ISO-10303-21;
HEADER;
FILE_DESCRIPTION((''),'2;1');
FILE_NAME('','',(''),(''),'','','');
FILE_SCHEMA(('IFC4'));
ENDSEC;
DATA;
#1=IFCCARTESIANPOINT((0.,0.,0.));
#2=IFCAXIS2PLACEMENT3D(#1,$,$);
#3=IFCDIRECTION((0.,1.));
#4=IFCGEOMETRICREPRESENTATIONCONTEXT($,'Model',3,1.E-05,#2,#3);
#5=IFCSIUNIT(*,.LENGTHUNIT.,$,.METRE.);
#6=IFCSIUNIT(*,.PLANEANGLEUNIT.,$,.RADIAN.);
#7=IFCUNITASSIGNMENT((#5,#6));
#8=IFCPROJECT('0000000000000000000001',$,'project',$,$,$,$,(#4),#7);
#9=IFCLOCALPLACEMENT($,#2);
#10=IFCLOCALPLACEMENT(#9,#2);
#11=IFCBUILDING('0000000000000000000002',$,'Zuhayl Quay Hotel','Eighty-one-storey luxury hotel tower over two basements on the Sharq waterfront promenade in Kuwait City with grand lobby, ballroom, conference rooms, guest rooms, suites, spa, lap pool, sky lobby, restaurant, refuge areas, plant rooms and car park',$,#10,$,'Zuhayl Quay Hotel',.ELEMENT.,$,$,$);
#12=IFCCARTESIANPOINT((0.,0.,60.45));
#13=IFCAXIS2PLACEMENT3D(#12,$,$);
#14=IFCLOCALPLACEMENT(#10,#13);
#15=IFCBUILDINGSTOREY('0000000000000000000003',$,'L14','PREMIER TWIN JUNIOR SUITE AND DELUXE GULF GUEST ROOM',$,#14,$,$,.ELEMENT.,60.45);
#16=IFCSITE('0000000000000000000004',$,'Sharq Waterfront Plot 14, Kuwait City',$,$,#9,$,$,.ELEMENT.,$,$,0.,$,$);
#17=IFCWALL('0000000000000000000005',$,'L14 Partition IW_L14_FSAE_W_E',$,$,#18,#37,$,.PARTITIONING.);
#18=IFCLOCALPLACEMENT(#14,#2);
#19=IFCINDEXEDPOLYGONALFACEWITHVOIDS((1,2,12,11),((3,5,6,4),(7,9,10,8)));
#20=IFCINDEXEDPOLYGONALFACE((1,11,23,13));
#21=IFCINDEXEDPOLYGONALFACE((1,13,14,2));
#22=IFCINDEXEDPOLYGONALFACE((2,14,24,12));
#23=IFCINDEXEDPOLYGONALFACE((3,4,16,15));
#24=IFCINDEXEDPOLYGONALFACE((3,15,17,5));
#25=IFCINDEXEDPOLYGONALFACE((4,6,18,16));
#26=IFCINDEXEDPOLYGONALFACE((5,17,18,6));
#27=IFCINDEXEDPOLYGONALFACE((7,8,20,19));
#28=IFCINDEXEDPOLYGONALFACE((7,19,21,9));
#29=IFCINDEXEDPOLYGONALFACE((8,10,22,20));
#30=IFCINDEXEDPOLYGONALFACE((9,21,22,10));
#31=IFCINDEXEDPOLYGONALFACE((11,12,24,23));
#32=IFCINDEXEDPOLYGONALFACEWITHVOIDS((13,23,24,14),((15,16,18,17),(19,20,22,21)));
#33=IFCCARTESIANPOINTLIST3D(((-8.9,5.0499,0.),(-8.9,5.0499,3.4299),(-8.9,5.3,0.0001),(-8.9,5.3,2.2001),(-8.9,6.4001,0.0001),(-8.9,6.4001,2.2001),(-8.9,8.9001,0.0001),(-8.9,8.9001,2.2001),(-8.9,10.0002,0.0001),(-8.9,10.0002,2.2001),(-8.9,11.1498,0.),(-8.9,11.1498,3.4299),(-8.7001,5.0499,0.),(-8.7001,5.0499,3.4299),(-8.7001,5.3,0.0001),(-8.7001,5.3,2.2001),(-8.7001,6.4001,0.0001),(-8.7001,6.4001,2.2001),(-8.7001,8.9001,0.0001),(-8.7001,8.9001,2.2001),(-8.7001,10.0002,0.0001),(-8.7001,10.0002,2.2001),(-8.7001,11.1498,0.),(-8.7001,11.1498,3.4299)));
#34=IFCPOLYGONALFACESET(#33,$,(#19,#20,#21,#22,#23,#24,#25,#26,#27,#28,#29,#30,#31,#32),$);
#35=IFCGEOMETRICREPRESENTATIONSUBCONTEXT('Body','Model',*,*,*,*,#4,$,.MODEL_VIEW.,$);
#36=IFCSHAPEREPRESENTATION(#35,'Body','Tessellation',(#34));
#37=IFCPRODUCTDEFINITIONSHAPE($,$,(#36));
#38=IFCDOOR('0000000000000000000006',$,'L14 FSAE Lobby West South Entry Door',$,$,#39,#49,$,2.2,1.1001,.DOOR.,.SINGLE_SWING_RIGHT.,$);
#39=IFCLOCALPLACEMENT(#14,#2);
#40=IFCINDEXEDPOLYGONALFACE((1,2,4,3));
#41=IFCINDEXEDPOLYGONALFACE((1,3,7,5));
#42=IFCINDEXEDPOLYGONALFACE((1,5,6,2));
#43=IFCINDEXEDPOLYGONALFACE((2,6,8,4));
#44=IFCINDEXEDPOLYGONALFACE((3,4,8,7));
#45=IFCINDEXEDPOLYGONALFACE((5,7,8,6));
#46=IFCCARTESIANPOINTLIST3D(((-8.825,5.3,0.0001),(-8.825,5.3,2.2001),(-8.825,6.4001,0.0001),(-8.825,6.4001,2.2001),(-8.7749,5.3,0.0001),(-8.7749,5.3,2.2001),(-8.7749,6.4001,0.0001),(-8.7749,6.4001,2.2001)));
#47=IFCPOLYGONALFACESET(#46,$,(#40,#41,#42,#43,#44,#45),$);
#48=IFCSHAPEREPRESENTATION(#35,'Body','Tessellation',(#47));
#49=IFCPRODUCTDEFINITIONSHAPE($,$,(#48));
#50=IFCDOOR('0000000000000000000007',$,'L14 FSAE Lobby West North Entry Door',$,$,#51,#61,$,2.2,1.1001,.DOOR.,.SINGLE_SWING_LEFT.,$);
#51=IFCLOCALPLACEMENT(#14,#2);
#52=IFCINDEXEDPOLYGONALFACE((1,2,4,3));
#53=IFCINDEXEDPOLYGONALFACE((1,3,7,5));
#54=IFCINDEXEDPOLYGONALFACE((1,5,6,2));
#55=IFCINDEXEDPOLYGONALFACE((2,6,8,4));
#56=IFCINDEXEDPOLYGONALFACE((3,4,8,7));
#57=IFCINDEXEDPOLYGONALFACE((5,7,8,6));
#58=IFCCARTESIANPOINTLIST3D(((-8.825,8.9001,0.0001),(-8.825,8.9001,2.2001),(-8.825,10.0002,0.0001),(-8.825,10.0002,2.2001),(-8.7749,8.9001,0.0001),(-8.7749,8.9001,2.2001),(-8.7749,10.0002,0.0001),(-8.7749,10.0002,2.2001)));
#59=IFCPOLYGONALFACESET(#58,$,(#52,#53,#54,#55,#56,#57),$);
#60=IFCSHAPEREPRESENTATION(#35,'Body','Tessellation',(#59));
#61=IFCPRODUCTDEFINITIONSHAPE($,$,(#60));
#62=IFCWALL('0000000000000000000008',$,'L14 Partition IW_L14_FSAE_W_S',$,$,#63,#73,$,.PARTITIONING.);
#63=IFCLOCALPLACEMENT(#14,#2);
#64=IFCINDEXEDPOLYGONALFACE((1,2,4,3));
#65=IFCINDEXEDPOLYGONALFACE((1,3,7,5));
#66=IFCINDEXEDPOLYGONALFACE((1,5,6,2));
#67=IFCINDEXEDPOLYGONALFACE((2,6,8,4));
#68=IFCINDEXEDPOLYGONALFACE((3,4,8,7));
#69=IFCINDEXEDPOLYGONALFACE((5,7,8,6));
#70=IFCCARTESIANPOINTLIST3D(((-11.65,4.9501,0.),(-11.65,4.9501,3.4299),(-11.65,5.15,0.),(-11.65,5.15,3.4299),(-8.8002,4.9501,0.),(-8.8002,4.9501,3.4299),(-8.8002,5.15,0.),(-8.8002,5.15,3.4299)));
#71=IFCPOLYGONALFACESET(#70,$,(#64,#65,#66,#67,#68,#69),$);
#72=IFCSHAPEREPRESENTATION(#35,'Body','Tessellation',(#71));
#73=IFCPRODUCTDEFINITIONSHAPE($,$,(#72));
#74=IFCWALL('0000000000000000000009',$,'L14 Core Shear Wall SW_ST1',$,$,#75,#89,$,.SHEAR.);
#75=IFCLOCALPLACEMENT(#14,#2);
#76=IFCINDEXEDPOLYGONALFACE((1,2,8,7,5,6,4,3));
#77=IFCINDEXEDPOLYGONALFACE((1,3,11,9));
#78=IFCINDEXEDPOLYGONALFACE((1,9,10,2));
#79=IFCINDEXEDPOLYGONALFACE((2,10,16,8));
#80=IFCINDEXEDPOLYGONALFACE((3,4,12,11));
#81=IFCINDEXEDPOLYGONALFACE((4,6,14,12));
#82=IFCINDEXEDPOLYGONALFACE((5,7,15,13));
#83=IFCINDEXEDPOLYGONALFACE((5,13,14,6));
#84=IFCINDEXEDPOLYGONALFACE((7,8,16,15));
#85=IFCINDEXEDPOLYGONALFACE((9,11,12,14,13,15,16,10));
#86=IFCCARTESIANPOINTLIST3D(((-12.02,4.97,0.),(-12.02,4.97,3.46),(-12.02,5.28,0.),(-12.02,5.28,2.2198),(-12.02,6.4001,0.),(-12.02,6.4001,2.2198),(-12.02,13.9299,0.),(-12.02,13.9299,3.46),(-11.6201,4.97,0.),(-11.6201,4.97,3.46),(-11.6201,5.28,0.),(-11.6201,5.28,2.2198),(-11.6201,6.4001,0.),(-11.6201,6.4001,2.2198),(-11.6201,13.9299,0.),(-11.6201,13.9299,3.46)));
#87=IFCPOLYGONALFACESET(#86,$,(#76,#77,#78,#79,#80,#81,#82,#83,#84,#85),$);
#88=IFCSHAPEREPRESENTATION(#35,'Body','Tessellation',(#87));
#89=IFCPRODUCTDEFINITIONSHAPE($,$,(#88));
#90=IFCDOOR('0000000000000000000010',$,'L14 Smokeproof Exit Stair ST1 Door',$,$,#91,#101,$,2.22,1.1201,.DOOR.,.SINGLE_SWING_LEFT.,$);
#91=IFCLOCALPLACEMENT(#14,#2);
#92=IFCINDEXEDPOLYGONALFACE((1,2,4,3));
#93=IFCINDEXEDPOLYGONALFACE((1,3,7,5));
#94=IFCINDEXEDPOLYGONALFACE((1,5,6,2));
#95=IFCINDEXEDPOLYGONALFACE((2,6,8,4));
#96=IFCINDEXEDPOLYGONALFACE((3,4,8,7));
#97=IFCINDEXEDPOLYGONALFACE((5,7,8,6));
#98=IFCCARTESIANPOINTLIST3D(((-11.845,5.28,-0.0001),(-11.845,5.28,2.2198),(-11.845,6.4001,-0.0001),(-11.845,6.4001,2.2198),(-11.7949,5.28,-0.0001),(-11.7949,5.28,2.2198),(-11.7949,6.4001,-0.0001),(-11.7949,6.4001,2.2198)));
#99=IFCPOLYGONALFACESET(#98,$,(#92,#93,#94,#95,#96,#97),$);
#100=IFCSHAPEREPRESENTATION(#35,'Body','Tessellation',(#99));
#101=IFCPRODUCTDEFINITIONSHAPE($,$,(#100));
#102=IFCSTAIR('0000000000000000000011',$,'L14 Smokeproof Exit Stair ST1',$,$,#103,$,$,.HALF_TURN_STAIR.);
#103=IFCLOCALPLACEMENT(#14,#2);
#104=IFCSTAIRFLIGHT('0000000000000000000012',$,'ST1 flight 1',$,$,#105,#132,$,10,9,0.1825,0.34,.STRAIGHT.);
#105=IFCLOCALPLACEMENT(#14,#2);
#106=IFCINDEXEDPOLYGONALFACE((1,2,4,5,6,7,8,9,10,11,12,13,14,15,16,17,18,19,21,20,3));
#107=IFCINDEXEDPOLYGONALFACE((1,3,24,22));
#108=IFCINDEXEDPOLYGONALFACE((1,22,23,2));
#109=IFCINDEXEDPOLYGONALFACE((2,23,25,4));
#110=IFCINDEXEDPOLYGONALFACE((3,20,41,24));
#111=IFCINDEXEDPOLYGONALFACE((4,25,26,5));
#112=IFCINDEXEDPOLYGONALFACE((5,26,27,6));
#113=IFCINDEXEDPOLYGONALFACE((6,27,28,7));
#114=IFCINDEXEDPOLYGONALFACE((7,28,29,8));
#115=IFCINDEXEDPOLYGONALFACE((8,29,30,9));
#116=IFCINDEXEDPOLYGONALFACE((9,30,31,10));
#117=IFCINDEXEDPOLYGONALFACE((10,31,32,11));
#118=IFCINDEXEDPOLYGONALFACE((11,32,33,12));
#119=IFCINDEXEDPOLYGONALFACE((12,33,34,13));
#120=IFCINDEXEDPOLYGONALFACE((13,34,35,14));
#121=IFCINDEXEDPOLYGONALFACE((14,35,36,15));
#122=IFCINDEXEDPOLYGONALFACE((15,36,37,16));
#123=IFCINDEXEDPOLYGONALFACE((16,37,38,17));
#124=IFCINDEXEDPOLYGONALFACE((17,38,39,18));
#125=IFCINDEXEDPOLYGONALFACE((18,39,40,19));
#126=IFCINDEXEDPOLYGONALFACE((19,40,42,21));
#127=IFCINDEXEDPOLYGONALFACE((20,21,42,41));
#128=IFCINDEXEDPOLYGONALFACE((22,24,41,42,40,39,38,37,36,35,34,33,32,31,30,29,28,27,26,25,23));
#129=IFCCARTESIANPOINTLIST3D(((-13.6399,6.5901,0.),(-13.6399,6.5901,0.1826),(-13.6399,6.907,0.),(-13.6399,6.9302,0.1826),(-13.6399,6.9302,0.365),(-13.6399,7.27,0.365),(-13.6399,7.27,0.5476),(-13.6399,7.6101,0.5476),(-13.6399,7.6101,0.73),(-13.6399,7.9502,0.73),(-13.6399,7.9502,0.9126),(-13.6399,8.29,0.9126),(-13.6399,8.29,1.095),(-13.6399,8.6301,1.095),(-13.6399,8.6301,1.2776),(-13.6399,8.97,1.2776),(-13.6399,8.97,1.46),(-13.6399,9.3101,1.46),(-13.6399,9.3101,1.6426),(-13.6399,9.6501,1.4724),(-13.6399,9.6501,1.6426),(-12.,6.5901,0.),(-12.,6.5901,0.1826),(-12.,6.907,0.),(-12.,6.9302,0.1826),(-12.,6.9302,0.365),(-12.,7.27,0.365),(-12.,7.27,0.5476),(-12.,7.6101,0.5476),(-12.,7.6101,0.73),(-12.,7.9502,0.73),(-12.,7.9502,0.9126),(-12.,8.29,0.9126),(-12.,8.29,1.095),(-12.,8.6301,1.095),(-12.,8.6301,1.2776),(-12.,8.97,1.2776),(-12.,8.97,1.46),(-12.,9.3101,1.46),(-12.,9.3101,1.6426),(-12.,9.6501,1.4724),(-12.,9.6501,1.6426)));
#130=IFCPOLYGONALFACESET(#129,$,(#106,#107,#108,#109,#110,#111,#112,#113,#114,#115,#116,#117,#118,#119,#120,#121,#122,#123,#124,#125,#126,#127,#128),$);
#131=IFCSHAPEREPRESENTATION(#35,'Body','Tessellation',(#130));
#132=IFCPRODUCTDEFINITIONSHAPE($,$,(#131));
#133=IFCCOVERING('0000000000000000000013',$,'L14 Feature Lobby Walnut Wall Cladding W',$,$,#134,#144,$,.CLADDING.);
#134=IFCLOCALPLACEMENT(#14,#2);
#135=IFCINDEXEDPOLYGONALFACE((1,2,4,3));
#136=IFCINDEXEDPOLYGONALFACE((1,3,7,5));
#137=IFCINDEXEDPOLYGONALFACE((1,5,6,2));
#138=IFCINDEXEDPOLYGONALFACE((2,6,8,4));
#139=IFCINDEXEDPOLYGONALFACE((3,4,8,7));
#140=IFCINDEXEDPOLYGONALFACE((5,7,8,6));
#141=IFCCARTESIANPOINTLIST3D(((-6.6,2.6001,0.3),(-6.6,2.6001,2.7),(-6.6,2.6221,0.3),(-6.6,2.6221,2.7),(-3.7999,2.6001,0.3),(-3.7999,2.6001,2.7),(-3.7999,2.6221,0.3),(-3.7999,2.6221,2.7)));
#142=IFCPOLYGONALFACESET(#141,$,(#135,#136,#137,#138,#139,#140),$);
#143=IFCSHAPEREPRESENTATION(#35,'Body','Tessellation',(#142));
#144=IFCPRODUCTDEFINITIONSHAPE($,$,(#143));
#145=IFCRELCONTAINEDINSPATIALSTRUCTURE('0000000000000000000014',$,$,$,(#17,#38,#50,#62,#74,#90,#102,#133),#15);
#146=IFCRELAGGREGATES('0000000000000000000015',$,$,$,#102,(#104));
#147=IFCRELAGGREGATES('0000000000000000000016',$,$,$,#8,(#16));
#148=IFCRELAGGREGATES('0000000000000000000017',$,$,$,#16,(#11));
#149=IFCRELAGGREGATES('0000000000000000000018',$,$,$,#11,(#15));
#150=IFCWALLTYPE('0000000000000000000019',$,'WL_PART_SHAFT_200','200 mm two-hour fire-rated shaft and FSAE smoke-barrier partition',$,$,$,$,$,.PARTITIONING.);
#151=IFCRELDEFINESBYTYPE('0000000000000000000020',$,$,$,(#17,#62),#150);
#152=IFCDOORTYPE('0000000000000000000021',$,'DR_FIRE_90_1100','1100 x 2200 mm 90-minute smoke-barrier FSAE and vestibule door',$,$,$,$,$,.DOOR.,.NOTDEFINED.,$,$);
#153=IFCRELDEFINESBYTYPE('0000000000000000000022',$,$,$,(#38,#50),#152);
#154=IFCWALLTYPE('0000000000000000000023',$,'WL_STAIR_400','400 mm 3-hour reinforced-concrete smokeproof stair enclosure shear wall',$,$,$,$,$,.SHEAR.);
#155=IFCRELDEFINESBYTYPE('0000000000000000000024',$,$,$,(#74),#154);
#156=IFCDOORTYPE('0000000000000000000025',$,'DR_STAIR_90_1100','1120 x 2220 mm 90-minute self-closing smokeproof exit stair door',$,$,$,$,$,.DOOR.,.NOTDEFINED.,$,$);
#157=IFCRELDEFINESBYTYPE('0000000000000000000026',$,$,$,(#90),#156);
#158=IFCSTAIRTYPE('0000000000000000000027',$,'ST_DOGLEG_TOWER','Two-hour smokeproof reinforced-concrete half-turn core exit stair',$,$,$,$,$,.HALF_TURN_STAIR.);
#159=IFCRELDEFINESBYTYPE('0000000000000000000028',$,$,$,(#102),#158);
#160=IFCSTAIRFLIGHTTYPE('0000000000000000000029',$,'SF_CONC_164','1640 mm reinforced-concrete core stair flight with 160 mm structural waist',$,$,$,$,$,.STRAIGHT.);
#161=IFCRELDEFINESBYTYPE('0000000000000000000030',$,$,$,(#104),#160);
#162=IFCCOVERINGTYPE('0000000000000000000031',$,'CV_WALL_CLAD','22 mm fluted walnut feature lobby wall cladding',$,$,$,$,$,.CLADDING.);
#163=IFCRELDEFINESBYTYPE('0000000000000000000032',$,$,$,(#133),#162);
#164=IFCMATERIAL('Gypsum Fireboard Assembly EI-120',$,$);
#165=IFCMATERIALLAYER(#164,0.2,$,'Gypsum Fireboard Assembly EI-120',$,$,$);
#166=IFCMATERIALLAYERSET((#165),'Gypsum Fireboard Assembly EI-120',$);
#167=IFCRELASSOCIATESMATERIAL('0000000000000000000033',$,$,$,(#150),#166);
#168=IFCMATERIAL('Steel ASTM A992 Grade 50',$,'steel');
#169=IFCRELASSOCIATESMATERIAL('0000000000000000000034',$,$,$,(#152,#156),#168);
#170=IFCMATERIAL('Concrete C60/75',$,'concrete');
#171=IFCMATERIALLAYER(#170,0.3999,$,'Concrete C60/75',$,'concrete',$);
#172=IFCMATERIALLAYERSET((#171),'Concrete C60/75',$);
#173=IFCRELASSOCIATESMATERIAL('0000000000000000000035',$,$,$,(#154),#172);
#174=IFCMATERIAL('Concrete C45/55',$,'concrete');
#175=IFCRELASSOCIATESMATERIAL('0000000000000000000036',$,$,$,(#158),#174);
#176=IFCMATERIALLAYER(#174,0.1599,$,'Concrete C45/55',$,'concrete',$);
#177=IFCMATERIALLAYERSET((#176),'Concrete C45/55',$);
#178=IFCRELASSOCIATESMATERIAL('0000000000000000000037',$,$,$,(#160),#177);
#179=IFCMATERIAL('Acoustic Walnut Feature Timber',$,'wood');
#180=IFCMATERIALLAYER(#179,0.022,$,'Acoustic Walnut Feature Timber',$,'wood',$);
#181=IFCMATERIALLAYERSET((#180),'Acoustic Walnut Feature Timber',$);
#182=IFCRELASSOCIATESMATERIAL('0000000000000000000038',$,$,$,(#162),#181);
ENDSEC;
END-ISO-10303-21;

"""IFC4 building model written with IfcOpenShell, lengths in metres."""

from ifc_helpers import new_model, si_unit, direction, frame, frame_2d, origin, origin_2d, place, context, subcontext, project, spatial, polyline, rectangle, outline, extrude, material, layer, layer_set, type_object, element, fill, aggregate, save


model = new_model("IFC4")

# Units and contexts
model_context = context("Model", 3, precision=1e-05, world=origin(), true_north=direction((0.0, 1.0)))
body_context = subcontext(model_context, "Body", "Model", "MODEL_VIEW")
ifc_project = project(units=[si_unit("LENGTHUNIT", "METRE"), si_unit("PLANEANGLEUNIT", "RADIAN")], contexts=[model_context])

# Site, building, storey
site_placement = place(None, origin())
site = spatial("IfcSite", under=ifc_project, at=site_placement, Name="Sharq Waterfront Plot 14, Kuwait City", CompositionType="ELEMENT", RefElevation=0.0)
building_placement = place(site_placement, origin())
building = spatial("IfcBuilding", under=site, at=building_placement, Name="Zuhayl Quay Hotel", Description="Eighty-one-storey luxury hotel tower over two basements on the Sharq waterfront promenade in Kuwait City with grand lobby, ballroom, conference rooms, guest rooms, suites, spa, lap pool, sky lobby, restaurant, refuge areas, plant rooms and car park", LongName="Zuhayl Quay Hotel", CompositionType="ELEMENT")
storey_placement = place(building_placement, frame((0.0, 0.0, 60.45)))
storey = spatial("IfcBuildingStorey", under=building, at=storey_placement, Name="L14", Description="PREMIER TWIN JUNIOR SUITE AND DELUXE GULF GUEST ROOM", CompositionType="ELEMENT", Elevation=60.45)

# Shared definitions
ifc_material_1 = material(Name="Steel ASTM A992 Grade 50", Category="steel")

# Wall, openings, doors
ifc_material_2 = material(Name="Gypsum Fireboard Assembly EI-120")
ifc_layer_1 = layer(ifc_material_2, 0.2, Name="Gypsum Fireboard Assembly EI-120")
ifc_layer_set_1 = layer_set([ifc_layer_1], Name="Gypsum Fireboard Assembly EI-120")
wall_type_1 = type_object("IfcWallType", Name="WL_PART_SHAFT_200", Description="200 mm two-hour fire-rated shaft and FSAE smoke-barrier partition", PredefinedType="PARTITIONING", material=ifc_layer_set_1)
wall_1_placement = place(storey_placement, frame((-8.8, 5.05, 0.0), z_axis=(0.0, 0.0, 1.0), x_axis=(0.0, 1.0, 0.0)))
wall_1 = element("IfcWall", 1, at=wall_1_placement, inside=storey, type_object=wall_type_1, Name="L14 Partition IW_L14_FSAE_W_E", PredefinedType="PARTITIONING", context=body_context, shape_type="SweptSolid", body=[
    extrude(rectangle(XDim=6.0999, YDim=0.2, at=frame_2d((3.0498, 0.0))), origin(), (0.0, 0.0, 1.0), 3.4299),
])
opening_1_placement = place(wall_1_placement, frame((0.25, 0.0, 0.0)))
opening_1 = element("IfcOpeningElement", 2, at=opening_1_placement, cuts=wall_1, PredefinedType="OPENING", context=body_context, shape_type="SweptSolid", body=[
    extrude(rectangle(XDim=1.1001, YDim=2.2, at=frame_2d((0.55, 1.1001))), frame((0.0, 0.1099, 0.0), z_axis=(0.0, -1.0, 0.0), x_axis=(1.0, 0.0, 0.0)), (0.0, 0.0, 1.0), 0.22),
])
opening_2_placement = place(wall_1_placement, frame((3.8501, 0.0, 0.0)))
opening_2 = element("IfcOpeningElement", 3, at=opening_2_placement, cuts=wall_1, PredefinedType="OPENING", context=body_context, shape_type="SweptSolid", body=[
    extrude(rectangle(XDim=1.1001, YDim=2.2, at=frame_2d((0.55, 1.1001))), frame((0.0, 0.1099, 0.0), z_axis=(0.0, -1.0, 0.0), x_axis=(1.0, 0.0, 0.0)), (0.0, 0.0, 1.0), 0.22),
])
door_type_1 = type_object("IfcDoorType", Name="DR_FIRE_90_1100", Description="1100 x 2200 mm 90-minute smoke-barrier FSAE and vestibule door", OperationType="NOTDEFINED", PredefinedType="DOOR", material=ifc_material_1)
door_1_placement = place(opening_1_placement, origin())
door_1 = element("IfcDoor", 4, at=door_1_placement, inside=storey, type_object=door_type_1, Name="L14 FSAE Lobby West South Entry Door", OperationType="SINGLE_SWING_RIGHT", OverallHeight=2.2, OverallWidth=1.1001, PredefinedType="DOOR", context=body_context, shape_type="SweptSolid", body=[
    extrude(rectangle(XDim=1.1001, YDim=2.2, at=frame_2d((0.55, 1.1001))), frame((0.0, 0.0249, 0.0), z_axis=(0.0, -1.0, 0.0), x_axis=(1.0, 0.0, 0.0)), (0.0, 0.0, 1.0), 0.05),
])
fill(opening_1, door_1)
door_2_placement = place(opening_2_placement, origin())
door_2 = element("IfcDoor", 5, at=door_2_placement, inside=storey, type_object=door_type_1, Name="L14 FSAE Lobby West North Entry Door", OperationType="SINGLE_SWING_LEFT", OverallHeight=2.2, OverallWidth=1.1001, PredefinedType="DOOR", context=body_context, shape_type="SweptSolid", body=[
    extrude(rectangle(XDim=1.1001, YDim=2.2, at=frame_2d((0.55, 1.1001))), frame((0.0, 0.0249, 0.0), z_axis=(0.0, -1.0, 0.0), x_axis=(1.0, 0.0, 0.0)), (0.0, 0.0, 1.0), 0.05),
])
fill(opening_2, door_2)

# Wall
wall_2_placement = place(storey_placement, frame((-11.6499, 5.05, 0.0), z_axis=(0.0, 0.0, 1.0), x_axis=(1.0, 0.0, 0.0)))
element("IfcWall", 6, at=wall_2_placement, inside=storey, type_object=wall_type_1, Name="L14 Partition IW_L14_FSAE_W_S", PredefinedType="PARTITIONING", context=body_context, shape_type="SweptSolid", body=[
    extrude(rectangle(XDim=2.8499, YDim=0.2, at=frame_2d((1.4248, 0.0))), origin(), (0.0, 0.0, 1.0), 3.4299),
])

# Wall, opening, door
ifc_material_3 = material(Name="Concrete C60/75", Category="concrete")
ifc_layer_2 = layer(ifc_material_3, 0.3999, Name="Concrete C60/75", Category="concrete")
ifc_layer_set_2 = layer_set([ifc_layer_2], Name="Concrete C60/75")
wall_type_2 = type_object("IfcWallType", Name="WL_STAIR_400", Description="400 mm 3-hour reinforced-concrete smokeproof stair enclosure shear wall", PredefinedType="SHEAR", material=ifc_layer_set_2)
wall_3_placement = place(storey_placement, frame((-11.8201, 4.97, 0.0), z_axis=(0.0, 0.0, 1.0), x_axis=(0.0, 1.0, 0.0)))
wall_3 = element("IfcWall", 7, at=wall_3_placement, inside=storey, type_object=wall_type_2, Name="L14 Core Shear Wall SW_ST1", PredefinedType="SHEAR", context=body_context, shape_type="SweptSolid", body=[
    extrude(rectangle(XDim=8.96, YDim=0.3999, at=frame_2d((4.48, 0.0))), origin(), (0.0, 0.0, 1.0), 3.46),
])
opening_3_placement = place(wall_3_placement, frame((0.3101, 0.0, 0.0)))
opening_3 = element("IfcOpeningElement", 8, at=opening_3_placement, cuts=wall_3, PredefinedType="OPENING", context=body_context, shape_type="SweptSolid", body=[
    extrude(rectangle(XDim=1.1201, YDim=2.22, at=frame_2d((0.5601, 1.1099))), frame((0.0, 0.21, 0.0), z_axis=(0.0, -1.0, 0.0), x_axis=(1.0, 0.0, 0.0)), (0.0, 0.0, 1.0), 0.4199),
])
door_type_2 = type_object("IfcDoorType", Name="DR_STAIR_90_1100", Description="1120 x 2220 mm 90-minute self-closing smokeproof exit stair door", OperationType="NOTDEFINED", PredefinedType="DOOR", material=ifc_material_1)
door_3_placement = place(opening_3_placement, origin())
door_3 = element("IfcDoor", 9, at=door_3_placement, inside=storey, type_object=door_type_2, Name="L14 Smokeproof Exit Stair ST1 Door", OperationType="SINGLE_SWING_LEFT", OverallHeight=2.22, OverallWidth=1.1201, PredefinedType="DOOR", context=body_context, shape_type="SweptSolid", body=[
    extrude(rectangle(XDim=1.1201, YDim=2.22, at=frame_2d((0.5601, 1.1099))), frame((0.0, 0.0249, 0.0), z_axis=(0.0, -1.0, 0.0), x_axis=(1.0, 0.0, 0.0)), (0.0, 0.0, 1.0), 0.05),
])
fill(opening_3, door_3)

# Stair, stair flight
ifc_material_4 = material(Name="Concrete C45/55", Category="concrete")
stair_type = type_object("IfcStairType", Name="ST_DOGLEG_TOWER", Description="Two-hour smokeproof reinforced-concrete half-turn core exit stair", PredefinedType="HALF_TURN_STAIR", material=ifc_material_4)
stair_placement = place(storey_placement, origin())
stair = element("IfcStair", 10, at=stair_placement, inside=storey, type_object=stair_type, Name="L14 Smokeproof Exit Stair ST1", PredefinedType="HALF_TURN_STAIR")
ifc_layer_3 = layer(ifc_material_4, 0.1599, Name="Concrete C45/55", Category="concrete")
ifc_layer_set_3 = layer_set([ifc_layer_3], Name="Concrete C45/55")
stair_flight_type = type_object("IfcStairFlightType", Name="SF_CONC_164", Description="1640 mm reinforced-concrete core stair flight with 160 mm structural waist", PredefinedType="STRAIGHT", material=ifc_layer_set_3)
stair_flight_placement = place(storey_placement, frame((-12.8201, 6.5901, 0.0), z_axis=(0.0, 0.0, 1.0), x_axis=(0.0, 1.0, 0.0)))
stair_flight = element("IfcStairFlight", 11, at=stair_flight_placement, type_object=stair_flight_type, Name="ST1 flight 1", NumberOfRisers=10, NumberOfTreads=9, PredefinedType="STRAIGHT", RiserHeight=0.1825, TreadLength=0.34, context=body_context, shape_type="SweptSolid", body=[
    extrude(outline(polyline([(0.0, 0.0), (0.0, 0.1826), (0.3401, 0.1826), (0.3401, 0.365), (0.6799, 0.365), (0.6799, 0.5476), (1.02, 0.5476), (1.02, 0.73), (1.3601, 0.73), (1.3601, 0.9126), (1.7, 0.9126), (1.7, 1.095), (2.04, 1.095), (2.04, 1.2776), (2.3799, 1.2776), (2.3799, 1.46), (2.72, 1.46), (2.72, 1.6426), (3.0601, 1.6426), (3.0601, 1.825), (3.0601, 1.4724), (0.3169, 0.0), (0.0, 0.0)])), frame((0.0, 0.8198, 0.0), z_axis=(0.0, -1.0, 0.0), x_axis=(1.0, 0.0, 0.0)), (0.0, 0.0, 1.0), 1.6399),
])
aggregate(stair, [stair_flight])

# Covering
ifc_material_5 = material(Name="Acoustic Walnut Feature Timber", Category="wood")
ifc_layer_4 = layer(ifc_material_5, 0.022, Name="Acoustic Walnut Feature Timber", Category="wood")
ifc_layer_set_4 = layer_set([ifc_layer_4], Name="Acoustic Walnut Feature Timber")
covering_type = type_object("IfcCoveringType", Name="CV_WALL_CLAD", Description="22 mm fluted walnut feature lobby wall cladding", PredefinedType="CLADDING", material=ifc_layer_set_4)
covering_placement = place(storey_placement, frame((-5.2, 2.6111, 0.3), z_axis=(0.0, 0.0, 1.0), x_axis=(1.0, 0.0, 0.0)))
element("IfcCovering", 12, at=covering_placement, inside=storey, type_object=covering_type, Name="L14 Feature Lobby Walnut Wall Cladding W", PredefinedType="CLADDING", context=body_context, shape_type="SweptSolid", body=[
    extrude(rectangle(XDim=2.8, YDim=0.022, at=origin_2d()), origin(), (0.0, 0.0, 1.0), 2.3999),
])

save(model, "model.ifc")
